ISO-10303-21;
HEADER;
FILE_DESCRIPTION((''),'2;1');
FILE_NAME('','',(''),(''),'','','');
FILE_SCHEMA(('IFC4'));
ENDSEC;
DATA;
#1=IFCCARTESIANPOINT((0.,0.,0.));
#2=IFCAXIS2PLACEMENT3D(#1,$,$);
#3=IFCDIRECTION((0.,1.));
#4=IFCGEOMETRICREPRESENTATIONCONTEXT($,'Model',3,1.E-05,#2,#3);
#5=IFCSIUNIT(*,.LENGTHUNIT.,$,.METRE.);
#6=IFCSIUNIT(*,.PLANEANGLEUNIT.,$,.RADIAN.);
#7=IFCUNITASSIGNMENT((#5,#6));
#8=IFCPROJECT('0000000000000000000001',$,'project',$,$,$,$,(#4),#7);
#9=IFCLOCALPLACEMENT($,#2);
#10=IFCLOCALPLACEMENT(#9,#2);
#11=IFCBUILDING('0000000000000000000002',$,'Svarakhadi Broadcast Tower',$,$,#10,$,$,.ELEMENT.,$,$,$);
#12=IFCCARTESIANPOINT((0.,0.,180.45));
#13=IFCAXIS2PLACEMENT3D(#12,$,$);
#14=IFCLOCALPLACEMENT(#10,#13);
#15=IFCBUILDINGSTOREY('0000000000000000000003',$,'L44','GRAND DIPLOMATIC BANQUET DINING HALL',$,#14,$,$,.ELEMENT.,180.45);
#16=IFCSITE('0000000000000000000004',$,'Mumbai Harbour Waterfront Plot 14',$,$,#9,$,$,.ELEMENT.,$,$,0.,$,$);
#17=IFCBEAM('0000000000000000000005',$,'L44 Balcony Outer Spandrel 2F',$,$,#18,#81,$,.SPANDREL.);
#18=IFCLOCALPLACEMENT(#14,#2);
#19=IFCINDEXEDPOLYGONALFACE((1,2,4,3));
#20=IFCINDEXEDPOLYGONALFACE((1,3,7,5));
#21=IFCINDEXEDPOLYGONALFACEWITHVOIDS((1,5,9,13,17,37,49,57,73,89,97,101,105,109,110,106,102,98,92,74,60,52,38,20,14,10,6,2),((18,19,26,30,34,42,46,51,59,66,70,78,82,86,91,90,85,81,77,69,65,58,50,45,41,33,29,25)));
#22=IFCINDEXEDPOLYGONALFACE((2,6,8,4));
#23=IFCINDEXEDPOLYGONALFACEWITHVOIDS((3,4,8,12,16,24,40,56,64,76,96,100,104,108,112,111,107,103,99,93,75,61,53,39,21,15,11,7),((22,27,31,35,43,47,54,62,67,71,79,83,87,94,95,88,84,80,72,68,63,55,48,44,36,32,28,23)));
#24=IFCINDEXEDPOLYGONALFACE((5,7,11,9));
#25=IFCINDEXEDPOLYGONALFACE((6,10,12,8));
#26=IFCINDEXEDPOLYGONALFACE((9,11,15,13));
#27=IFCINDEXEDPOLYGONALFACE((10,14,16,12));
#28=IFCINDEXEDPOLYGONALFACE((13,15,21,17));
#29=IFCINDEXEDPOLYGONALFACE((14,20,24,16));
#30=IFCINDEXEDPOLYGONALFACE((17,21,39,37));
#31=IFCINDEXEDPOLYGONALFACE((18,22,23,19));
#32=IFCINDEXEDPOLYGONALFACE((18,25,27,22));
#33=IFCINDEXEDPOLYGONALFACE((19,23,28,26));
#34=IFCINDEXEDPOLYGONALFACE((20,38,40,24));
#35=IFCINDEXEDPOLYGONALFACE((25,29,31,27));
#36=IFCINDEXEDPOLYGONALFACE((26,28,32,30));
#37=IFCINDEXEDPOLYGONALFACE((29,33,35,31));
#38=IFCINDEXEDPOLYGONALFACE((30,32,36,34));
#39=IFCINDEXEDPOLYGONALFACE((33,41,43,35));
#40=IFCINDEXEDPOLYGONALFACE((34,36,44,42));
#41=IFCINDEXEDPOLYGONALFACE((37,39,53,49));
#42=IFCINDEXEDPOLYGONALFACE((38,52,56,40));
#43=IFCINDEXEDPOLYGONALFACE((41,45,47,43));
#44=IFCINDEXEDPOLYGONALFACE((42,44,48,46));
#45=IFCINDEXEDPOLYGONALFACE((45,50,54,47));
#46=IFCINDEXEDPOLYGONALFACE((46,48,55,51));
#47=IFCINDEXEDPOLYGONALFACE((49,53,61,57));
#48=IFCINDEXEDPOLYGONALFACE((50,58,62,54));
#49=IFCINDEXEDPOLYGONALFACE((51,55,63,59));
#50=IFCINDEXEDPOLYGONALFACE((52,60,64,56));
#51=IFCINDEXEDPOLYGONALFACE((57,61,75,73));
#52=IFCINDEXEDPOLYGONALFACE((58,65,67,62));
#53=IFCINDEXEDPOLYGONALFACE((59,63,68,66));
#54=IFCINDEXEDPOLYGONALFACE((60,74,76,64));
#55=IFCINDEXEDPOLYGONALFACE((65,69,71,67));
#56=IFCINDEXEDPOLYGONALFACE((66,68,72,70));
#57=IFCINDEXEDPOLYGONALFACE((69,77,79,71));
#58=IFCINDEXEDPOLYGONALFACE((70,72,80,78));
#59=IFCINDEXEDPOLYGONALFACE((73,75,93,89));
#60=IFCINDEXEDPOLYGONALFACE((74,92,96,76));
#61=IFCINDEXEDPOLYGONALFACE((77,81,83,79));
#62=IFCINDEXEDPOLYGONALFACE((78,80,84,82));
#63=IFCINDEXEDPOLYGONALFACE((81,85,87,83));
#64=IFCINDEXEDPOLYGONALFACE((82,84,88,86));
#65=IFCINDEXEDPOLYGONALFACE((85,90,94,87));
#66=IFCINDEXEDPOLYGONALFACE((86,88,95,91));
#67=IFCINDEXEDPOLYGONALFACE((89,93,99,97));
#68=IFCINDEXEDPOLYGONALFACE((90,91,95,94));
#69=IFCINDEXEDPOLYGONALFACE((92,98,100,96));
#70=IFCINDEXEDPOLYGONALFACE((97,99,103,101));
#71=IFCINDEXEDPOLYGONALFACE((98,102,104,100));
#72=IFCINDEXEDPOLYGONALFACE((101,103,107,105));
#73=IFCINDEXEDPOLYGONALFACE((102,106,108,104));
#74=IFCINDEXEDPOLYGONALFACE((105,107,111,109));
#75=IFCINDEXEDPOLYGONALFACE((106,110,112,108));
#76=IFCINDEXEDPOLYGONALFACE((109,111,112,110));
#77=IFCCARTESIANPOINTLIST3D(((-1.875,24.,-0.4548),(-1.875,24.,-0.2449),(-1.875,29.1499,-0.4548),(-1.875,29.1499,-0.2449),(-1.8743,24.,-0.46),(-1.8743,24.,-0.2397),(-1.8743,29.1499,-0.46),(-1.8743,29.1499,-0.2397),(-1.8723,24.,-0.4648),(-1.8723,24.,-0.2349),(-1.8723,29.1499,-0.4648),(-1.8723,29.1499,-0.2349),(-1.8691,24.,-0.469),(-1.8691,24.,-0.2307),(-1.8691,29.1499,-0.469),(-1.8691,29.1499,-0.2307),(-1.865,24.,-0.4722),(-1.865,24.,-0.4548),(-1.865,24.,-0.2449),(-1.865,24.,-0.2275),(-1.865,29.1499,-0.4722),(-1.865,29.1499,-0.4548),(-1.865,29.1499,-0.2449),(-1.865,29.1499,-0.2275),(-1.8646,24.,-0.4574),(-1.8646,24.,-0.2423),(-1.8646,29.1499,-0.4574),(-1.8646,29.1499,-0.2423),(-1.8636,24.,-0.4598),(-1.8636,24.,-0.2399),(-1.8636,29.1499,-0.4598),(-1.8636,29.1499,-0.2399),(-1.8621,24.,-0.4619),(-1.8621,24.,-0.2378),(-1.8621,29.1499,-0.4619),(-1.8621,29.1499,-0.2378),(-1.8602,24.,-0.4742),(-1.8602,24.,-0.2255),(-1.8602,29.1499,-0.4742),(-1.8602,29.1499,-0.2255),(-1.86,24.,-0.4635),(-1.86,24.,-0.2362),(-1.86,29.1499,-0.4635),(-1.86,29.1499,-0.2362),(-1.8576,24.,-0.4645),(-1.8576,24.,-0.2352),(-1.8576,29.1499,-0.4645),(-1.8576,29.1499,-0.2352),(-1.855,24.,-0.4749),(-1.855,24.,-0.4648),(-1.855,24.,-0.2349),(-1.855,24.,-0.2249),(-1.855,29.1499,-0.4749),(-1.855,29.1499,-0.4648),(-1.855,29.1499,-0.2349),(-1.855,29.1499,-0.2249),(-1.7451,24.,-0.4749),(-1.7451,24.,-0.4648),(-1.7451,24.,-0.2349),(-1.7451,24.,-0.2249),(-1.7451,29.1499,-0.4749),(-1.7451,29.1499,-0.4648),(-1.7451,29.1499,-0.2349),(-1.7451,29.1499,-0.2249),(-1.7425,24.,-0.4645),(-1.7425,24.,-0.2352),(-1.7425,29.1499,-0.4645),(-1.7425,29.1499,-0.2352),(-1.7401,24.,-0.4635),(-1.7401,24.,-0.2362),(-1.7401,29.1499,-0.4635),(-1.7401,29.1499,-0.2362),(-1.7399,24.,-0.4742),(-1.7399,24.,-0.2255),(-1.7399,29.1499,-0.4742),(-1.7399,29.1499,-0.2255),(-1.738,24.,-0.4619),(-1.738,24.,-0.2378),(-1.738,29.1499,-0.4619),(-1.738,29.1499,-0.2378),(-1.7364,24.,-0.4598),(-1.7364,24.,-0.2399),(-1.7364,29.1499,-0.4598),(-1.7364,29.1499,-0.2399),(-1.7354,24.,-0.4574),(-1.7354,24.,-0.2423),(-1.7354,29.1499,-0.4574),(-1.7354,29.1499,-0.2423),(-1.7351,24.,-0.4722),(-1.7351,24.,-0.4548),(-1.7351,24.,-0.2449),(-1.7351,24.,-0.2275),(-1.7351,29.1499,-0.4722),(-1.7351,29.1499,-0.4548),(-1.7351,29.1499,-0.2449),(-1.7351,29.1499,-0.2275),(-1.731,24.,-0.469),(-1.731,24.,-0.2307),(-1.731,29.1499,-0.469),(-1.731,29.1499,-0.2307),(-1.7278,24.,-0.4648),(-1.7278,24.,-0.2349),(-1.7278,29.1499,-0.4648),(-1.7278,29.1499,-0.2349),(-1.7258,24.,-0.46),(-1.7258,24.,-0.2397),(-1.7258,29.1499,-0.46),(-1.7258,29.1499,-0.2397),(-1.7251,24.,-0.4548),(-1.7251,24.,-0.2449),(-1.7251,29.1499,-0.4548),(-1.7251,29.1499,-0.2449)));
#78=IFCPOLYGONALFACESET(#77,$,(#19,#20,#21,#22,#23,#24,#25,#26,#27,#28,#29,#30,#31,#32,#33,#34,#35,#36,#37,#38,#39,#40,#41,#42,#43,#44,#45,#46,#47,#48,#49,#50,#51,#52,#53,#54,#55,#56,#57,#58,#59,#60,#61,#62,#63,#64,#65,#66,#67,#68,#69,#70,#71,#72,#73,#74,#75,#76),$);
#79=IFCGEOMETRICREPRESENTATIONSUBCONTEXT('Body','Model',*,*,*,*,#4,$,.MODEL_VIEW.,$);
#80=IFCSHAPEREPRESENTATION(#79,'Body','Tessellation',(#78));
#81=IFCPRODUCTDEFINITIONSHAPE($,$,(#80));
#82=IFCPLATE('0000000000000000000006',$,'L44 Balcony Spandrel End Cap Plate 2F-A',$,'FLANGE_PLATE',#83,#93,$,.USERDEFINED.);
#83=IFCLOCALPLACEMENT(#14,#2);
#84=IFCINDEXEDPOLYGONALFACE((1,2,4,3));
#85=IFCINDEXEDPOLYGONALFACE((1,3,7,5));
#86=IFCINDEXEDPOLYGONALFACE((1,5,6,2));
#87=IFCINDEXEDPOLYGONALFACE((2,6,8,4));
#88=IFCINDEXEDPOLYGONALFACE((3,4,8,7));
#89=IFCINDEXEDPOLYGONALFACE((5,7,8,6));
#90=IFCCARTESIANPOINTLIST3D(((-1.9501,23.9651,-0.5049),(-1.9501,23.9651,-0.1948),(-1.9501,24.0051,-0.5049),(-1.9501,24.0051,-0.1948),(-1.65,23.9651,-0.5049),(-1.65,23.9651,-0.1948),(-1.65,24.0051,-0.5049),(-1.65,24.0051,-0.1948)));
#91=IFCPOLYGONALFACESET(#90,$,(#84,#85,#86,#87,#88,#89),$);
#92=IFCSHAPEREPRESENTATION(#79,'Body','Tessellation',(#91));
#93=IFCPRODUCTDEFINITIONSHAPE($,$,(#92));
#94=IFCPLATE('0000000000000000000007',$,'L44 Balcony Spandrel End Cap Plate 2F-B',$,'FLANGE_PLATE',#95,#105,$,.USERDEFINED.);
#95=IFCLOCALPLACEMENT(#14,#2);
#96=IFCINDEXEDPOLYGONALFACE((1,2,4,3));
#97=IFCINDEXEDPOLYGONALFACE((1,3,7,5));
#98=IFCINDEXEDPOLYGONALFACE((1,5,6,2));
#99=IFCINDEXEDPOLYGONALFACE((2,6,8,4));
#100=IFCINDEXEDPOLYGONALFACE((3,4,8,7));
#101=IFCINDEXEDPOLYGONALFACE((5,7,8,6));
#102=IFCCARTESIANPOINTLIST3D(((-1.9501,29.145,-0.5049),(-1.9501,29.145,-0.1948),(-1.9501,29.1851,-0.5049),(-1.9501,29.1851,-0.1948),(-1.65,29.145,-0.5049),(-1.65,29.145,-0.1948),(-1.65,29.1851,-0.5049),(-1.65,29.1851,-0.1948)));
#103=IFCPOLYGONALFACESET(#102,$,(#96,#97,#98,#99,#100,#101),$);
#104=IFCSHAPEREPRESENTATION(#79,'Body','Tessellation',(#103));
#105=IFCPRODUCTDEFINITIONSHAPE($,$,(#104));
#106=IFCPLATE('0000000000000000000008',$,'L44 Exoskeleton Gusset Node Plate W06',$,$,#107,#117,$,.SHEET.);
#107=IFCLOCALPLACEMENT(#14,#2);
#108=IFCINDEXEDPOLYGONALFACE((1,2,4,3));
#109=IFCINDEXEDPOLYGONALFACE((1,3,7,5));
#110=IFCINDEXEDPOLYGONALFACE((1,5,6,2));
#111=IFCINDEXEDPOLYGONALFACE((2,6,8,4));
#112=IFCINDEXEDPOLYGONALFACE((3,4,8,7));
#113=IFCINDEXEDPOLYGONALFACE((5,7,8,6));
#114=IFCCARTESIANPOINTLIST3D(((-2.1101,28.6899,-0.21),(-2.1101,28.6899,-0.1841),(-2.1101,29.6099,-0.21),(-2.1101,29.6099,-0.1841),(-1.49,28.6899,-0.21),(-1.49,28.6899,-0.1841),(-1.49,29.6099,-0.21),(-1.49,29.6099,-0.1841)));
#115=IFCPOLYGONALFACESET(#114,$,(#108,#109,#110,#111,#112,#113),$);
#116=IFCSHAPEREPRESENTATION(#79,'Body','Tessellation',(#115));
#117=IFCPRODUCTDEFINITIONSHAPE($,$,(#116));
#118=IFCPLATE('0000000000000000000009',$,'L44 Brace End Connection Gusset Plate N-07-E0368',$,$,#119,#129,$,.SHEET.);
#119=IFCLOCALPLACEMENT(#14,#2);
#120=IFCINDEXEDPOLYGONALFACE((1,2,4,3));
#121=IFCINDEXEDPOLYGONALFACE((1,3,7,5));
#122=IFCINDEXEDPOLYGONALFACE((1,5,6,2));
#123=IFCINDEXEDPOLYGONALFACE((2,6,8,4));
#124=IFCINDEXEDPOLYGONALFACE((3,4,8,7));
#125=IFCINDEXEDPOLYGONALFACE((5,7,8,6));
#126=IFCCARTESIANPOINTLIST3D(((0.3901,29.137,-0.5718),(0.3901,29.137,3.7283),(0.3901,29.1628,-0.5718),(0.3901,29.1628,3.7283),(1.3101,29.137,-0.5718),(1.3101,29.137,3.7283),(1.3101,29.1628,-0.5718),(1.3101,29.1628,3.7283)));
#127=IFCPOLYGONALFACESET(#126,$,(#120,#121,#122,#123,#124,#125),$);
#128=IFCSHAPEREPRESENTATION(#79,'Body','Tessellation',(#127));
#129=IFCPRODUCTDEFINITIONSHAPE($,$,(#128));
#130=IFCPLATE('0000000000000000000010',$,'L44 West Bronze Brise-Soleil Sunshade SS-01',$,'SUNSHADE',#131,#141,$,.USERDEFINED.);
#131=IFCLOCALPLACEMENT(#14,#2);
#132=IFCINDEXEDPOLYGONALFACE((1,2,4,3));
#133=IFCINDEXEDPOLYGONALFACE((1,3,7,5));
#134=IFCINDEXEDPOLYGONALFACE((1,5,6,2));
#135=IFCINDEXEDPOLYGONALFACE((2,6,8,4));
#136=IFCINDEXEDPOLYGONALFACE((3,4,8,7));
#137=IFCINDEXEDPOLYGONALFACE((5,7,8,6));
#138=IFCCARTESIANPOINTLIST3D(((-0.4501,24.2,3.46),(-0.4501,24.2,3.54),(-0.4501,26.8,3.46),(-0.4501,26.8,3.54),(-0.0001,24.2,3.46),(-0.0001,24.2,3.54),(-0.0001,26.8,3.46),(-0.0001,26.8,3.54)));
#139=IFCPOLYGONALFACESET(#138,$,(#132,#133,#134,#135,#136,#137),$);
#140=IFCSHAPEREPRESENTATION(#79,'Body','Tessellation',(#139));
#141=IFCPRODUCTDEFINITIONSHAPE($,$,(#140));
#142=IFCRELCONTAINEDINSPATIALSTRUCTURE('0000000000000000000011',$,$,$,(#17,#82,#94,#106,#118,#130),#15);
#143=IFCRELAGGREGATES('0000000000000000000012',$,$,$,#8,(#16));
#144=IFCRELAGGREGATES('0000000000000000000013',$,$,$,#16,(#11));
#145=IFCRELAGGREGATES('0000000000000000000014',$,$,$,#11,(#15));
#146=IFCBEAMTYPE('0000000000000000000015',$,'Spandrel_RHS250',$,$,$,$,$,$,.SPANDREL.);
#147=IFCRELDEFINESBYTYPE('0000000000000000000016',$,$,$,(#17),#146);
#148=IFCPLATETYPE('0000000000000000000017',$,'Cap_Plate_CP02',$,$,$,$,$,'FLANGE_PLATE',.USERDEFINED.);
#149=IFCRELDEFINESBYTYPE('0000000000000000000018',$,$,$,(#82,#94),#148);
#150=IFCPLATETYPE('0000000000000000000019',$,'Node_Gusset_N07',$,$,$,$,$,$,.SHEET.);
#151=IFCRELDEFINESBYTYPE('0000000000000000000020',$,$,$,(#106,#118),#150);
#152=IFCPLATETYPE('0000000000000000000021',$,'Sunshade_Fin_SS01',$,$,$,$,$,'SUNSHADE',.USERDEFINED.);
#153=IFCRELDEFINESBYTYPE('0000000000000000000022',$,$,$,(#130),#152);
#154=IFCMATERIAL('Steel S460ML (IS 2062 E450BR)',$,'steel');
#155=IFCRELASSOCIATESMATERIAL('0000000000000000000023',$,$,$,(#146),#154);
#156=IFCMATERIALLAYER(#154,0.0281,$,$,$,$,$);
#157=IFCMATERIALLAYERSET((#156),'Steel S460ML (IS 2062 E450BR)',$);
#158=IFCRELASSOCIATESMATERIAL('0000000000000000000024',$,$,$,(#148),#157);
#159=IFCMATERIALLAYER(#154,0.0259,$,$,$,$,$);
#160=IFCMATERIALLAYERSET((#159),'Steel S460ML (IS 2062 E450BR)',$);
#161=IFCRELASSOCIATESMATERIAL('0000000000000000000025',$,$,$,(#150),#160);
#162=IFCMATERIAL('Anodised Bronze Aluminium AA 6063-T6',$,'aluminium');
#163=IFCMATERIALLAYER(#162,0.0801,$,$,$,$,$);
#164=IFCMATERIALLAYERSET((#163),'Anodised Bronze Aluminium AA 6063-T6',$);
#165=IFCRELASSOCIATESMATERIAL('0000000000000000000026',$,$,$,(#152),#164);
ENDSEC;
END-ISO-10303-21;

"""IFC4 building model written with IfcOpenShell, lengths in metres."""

from ifc_helpers import new_model, si_unit, direction, frame, origin, origin_2d, place, context, subcontext, project, spatial, rectangle, hollow_rectangle, extrude, material, layer, layer_set, material_profile, profile_set, type_object, element, save


model = new_model("IFC4")

# Units and contexts
model_context = context("Model", 3, precision=1e-05, world=origin(), true_north=direction((0.0, 1.0)))
body_context = subcontext(model_context, "Body", "Model", "MODEL_VIEW")
ifc_project = project(units=[si_unit("LENGTHUNIT", "METRE"), si_unit("PLANEANGLEUNIT", "RADIAN")], contexts=[model_context])

# Site, building, storey
site_placement = place(None, origin())
site = spatial("IfcSite", under=ifc_project, at=site_placement, Name="Mumbai Harbour Waterfront Plot 14", CompositionType="ELEMENT", RefElevation=0.0)
building_placement = place(site_placement, origin())
building = spatial("IfcBuilding", under=site, at=building_placement, Name="Svarakhadi Broadcast Tower", CompositionType="ELEMENT")
storey_placement = place(building_placement, frame((0.0, 0.0, 180.45)))
storey = spatial("IfcBuildingStorey", under=building, at=storey_placement, Name="L44", Description="GRAND DIPLOMATIC BANQUET DINING HALL", CompositionType="ELEMENT", Elevation=180.45)

# Shared definitions
ifc_material_1 = material(Name="Steel S460ML (IS 2062 E450BR)", Category="steel")

# Shared definitions
ifc_material_2 = material(Name="Anodised Bronze Aluminium AA 6063-T6", Category="aluminium")

# Beam
ifc_material_profile_1 = material_profile(ifc_material_1, hollow_rectangle(XDim=0.1499, YDim=0.25, WallThickness=0.01, InnerFilletRadius=0.01, OuterFilletRadius=0.02, at=origin_2d()), Name="RHS 250x150x10")
ifc_profile_set_1 = profile_set([ifc_material_profile_1], Name="Steel S460ML (IS 2062 E450BR)")
beam_type_1 = type_object("IfcBeamType", Name="Spandrel_RHS250", PredefinedType="SPANDREL", material=ifc_profile_set_1)
beam_1_placement = place(storey_placement, frame((-1.8, 24.0, -0.3499), z_axis=(0.0, 1.0, 0.0), x_axis=(-1.0, 0.0, 0.0)))
element("IfcBeam", 1, at=beam_1_placement, inside=storey, type_object=beam_type_1, Name="L44 Balcony Outer Spandrel 2F", PredefinedType="SPANDREL", context=body_context, shape_type="SweptSolid", body=[
    extrude(hollow_rectangle(XDim=0.1499, YDim=0.25, WallThickness=0.01, InnerFilletRadius=0.01, OuterFilletRadius=0.02, at=origin_2d()), origin(), (0.0, 0.0, 1.0), 5.1499),
])

# Plates
ifc_layer_1 = layer(ifc_material_1, 0.0281)
ifc_layer_set_1 = layer_set([ifc_layer_1], Name="Steel S460ML (IS 2062 E450BR)")
plate_type_1 = type_object("IfcPlateType", Name="Cap_Plate_CP02", ElementType="FLANGE_PLATE", PredefinedType="USERDEFINED", material=ifc_layer_set_1)
for number, where, z_axis, x_axis, name in (
    (2, (-1.8, 23.9851, -0.5049), (0.0, 0.0, 1.0), (1.0, 0.0, 0.0), "L44 Balcony Spandrel End Cap Plate 2F-A"),
    (3, (-1.8, 29.165, -0.5049), (0.0, 0.0, 1.0), (1.0, 0.0, 0.0), "L44 Balcony Spandrel End Cap Plate 2F-B"),
):
    element("IfcPlate", number, at=place(storey_placement, frame(where, z_axis=z_axis, x_axis=x_axis)), inside=storey, type_object=plate_type_1, Name=name, ObjectType="FLANGE_PLATE", PredefinedType="USERDEFINED", context=body_context, shape_type="SweptSolid", body=[
        extrude(rectangle(XDim=0.3, YDim=0.04, at=origin_2d()), origin(), (0.0, 0.0, 1.0), 0.3101),
    ])
ifc_layer_2 = layer(ifc_material_1, 0.0259)
ifc_layer_set_2 = layer_set([ifc_layer_2], Name="Steel S460ML (IS 2062 E450BR)")
plate_type_2 = type_object("IfcPlateType", Name="Node_Gusset_N07", PredefinedType="SHEET", material=ifc_layer_set_2)
plate_1_placement = place(storey_placement, frame((-1.8, 29.1499, -0.21), z_axis=(0.0, 0.0, 1.0), x_axis=(0.0, 1.0, 0.0)))
element("IfcPlate", 4, at=plate_1_placement, inside=storey, type_object=plate_type_2, Name="L44 Exoskeleton Gusset Node Plate W06", PredefinedType="SHEET", context=body_context, shape_type="SweptSolid", body=[
    extrude(rectangle(XDim=0.9199, YDim=0.6201, at=origin_2d()), origin(), (0.0, 0.0, 1.0), 0.0259),
])
plate_2_placement = place(storey_placement, frame((0.8501, 29.1499, -0.5718), z_axis=(0.0, 0.0, 1.0), x_axis=(1.0, 0.0, 0.0)))
element("IfcPlate", 5, at=plate_2_placement, inside=storey, type_object=plate_type_2, Name="L44 Brace End Connection Gusset Plate N-07-E0368", PredefinedType="SHEET", context=body_context, shape_type="SweptSolid", body=[
    extrude(rectangle(XDim=0.9199, YDim=0.0259, at=origin_2d()), origin(), (0.0, 0.0, 1.0), 4.3),
])
ifc_layer_3 = layer(ifc_material_2, 0.0801)
ifc_layer_set_3 = layer_set([ifc_layer_3], Name="Anodised Bronze Aluminium AA 6063-T6")
plate_type_3 = type_object("IfcPlateType", Name="Sunshade_Fin_SS01", ElementType="SUNSHADE", PredefinedType="USERDEFINED", material=ifc_layer_set_3)
plate_3_placement = place(storey_placement, frame((-0.2251, 25.5, 3.46), z_axis=(0.0, 0.0, 1.0), x_axis=(0.0, 1.0, 0.0)))
element("IfcPlate", 6, at=plate_3_placement, inside=storey, type_object=plate_type_3, Name="L44 West Bronze Brise-Soleil Sunshade SS-01", ObjectType="SUNSHADE", PredefinedType="USERDEFINED", context=body_context, shape_type="SweptSolid", body=[
    extrude(rectangle(XDim=2.6001, YDim=0.45, at=origin_2d()), origin(), (0.0, 0.0, 1.0), 0.0801),
])

save(model, "model.ifc")
